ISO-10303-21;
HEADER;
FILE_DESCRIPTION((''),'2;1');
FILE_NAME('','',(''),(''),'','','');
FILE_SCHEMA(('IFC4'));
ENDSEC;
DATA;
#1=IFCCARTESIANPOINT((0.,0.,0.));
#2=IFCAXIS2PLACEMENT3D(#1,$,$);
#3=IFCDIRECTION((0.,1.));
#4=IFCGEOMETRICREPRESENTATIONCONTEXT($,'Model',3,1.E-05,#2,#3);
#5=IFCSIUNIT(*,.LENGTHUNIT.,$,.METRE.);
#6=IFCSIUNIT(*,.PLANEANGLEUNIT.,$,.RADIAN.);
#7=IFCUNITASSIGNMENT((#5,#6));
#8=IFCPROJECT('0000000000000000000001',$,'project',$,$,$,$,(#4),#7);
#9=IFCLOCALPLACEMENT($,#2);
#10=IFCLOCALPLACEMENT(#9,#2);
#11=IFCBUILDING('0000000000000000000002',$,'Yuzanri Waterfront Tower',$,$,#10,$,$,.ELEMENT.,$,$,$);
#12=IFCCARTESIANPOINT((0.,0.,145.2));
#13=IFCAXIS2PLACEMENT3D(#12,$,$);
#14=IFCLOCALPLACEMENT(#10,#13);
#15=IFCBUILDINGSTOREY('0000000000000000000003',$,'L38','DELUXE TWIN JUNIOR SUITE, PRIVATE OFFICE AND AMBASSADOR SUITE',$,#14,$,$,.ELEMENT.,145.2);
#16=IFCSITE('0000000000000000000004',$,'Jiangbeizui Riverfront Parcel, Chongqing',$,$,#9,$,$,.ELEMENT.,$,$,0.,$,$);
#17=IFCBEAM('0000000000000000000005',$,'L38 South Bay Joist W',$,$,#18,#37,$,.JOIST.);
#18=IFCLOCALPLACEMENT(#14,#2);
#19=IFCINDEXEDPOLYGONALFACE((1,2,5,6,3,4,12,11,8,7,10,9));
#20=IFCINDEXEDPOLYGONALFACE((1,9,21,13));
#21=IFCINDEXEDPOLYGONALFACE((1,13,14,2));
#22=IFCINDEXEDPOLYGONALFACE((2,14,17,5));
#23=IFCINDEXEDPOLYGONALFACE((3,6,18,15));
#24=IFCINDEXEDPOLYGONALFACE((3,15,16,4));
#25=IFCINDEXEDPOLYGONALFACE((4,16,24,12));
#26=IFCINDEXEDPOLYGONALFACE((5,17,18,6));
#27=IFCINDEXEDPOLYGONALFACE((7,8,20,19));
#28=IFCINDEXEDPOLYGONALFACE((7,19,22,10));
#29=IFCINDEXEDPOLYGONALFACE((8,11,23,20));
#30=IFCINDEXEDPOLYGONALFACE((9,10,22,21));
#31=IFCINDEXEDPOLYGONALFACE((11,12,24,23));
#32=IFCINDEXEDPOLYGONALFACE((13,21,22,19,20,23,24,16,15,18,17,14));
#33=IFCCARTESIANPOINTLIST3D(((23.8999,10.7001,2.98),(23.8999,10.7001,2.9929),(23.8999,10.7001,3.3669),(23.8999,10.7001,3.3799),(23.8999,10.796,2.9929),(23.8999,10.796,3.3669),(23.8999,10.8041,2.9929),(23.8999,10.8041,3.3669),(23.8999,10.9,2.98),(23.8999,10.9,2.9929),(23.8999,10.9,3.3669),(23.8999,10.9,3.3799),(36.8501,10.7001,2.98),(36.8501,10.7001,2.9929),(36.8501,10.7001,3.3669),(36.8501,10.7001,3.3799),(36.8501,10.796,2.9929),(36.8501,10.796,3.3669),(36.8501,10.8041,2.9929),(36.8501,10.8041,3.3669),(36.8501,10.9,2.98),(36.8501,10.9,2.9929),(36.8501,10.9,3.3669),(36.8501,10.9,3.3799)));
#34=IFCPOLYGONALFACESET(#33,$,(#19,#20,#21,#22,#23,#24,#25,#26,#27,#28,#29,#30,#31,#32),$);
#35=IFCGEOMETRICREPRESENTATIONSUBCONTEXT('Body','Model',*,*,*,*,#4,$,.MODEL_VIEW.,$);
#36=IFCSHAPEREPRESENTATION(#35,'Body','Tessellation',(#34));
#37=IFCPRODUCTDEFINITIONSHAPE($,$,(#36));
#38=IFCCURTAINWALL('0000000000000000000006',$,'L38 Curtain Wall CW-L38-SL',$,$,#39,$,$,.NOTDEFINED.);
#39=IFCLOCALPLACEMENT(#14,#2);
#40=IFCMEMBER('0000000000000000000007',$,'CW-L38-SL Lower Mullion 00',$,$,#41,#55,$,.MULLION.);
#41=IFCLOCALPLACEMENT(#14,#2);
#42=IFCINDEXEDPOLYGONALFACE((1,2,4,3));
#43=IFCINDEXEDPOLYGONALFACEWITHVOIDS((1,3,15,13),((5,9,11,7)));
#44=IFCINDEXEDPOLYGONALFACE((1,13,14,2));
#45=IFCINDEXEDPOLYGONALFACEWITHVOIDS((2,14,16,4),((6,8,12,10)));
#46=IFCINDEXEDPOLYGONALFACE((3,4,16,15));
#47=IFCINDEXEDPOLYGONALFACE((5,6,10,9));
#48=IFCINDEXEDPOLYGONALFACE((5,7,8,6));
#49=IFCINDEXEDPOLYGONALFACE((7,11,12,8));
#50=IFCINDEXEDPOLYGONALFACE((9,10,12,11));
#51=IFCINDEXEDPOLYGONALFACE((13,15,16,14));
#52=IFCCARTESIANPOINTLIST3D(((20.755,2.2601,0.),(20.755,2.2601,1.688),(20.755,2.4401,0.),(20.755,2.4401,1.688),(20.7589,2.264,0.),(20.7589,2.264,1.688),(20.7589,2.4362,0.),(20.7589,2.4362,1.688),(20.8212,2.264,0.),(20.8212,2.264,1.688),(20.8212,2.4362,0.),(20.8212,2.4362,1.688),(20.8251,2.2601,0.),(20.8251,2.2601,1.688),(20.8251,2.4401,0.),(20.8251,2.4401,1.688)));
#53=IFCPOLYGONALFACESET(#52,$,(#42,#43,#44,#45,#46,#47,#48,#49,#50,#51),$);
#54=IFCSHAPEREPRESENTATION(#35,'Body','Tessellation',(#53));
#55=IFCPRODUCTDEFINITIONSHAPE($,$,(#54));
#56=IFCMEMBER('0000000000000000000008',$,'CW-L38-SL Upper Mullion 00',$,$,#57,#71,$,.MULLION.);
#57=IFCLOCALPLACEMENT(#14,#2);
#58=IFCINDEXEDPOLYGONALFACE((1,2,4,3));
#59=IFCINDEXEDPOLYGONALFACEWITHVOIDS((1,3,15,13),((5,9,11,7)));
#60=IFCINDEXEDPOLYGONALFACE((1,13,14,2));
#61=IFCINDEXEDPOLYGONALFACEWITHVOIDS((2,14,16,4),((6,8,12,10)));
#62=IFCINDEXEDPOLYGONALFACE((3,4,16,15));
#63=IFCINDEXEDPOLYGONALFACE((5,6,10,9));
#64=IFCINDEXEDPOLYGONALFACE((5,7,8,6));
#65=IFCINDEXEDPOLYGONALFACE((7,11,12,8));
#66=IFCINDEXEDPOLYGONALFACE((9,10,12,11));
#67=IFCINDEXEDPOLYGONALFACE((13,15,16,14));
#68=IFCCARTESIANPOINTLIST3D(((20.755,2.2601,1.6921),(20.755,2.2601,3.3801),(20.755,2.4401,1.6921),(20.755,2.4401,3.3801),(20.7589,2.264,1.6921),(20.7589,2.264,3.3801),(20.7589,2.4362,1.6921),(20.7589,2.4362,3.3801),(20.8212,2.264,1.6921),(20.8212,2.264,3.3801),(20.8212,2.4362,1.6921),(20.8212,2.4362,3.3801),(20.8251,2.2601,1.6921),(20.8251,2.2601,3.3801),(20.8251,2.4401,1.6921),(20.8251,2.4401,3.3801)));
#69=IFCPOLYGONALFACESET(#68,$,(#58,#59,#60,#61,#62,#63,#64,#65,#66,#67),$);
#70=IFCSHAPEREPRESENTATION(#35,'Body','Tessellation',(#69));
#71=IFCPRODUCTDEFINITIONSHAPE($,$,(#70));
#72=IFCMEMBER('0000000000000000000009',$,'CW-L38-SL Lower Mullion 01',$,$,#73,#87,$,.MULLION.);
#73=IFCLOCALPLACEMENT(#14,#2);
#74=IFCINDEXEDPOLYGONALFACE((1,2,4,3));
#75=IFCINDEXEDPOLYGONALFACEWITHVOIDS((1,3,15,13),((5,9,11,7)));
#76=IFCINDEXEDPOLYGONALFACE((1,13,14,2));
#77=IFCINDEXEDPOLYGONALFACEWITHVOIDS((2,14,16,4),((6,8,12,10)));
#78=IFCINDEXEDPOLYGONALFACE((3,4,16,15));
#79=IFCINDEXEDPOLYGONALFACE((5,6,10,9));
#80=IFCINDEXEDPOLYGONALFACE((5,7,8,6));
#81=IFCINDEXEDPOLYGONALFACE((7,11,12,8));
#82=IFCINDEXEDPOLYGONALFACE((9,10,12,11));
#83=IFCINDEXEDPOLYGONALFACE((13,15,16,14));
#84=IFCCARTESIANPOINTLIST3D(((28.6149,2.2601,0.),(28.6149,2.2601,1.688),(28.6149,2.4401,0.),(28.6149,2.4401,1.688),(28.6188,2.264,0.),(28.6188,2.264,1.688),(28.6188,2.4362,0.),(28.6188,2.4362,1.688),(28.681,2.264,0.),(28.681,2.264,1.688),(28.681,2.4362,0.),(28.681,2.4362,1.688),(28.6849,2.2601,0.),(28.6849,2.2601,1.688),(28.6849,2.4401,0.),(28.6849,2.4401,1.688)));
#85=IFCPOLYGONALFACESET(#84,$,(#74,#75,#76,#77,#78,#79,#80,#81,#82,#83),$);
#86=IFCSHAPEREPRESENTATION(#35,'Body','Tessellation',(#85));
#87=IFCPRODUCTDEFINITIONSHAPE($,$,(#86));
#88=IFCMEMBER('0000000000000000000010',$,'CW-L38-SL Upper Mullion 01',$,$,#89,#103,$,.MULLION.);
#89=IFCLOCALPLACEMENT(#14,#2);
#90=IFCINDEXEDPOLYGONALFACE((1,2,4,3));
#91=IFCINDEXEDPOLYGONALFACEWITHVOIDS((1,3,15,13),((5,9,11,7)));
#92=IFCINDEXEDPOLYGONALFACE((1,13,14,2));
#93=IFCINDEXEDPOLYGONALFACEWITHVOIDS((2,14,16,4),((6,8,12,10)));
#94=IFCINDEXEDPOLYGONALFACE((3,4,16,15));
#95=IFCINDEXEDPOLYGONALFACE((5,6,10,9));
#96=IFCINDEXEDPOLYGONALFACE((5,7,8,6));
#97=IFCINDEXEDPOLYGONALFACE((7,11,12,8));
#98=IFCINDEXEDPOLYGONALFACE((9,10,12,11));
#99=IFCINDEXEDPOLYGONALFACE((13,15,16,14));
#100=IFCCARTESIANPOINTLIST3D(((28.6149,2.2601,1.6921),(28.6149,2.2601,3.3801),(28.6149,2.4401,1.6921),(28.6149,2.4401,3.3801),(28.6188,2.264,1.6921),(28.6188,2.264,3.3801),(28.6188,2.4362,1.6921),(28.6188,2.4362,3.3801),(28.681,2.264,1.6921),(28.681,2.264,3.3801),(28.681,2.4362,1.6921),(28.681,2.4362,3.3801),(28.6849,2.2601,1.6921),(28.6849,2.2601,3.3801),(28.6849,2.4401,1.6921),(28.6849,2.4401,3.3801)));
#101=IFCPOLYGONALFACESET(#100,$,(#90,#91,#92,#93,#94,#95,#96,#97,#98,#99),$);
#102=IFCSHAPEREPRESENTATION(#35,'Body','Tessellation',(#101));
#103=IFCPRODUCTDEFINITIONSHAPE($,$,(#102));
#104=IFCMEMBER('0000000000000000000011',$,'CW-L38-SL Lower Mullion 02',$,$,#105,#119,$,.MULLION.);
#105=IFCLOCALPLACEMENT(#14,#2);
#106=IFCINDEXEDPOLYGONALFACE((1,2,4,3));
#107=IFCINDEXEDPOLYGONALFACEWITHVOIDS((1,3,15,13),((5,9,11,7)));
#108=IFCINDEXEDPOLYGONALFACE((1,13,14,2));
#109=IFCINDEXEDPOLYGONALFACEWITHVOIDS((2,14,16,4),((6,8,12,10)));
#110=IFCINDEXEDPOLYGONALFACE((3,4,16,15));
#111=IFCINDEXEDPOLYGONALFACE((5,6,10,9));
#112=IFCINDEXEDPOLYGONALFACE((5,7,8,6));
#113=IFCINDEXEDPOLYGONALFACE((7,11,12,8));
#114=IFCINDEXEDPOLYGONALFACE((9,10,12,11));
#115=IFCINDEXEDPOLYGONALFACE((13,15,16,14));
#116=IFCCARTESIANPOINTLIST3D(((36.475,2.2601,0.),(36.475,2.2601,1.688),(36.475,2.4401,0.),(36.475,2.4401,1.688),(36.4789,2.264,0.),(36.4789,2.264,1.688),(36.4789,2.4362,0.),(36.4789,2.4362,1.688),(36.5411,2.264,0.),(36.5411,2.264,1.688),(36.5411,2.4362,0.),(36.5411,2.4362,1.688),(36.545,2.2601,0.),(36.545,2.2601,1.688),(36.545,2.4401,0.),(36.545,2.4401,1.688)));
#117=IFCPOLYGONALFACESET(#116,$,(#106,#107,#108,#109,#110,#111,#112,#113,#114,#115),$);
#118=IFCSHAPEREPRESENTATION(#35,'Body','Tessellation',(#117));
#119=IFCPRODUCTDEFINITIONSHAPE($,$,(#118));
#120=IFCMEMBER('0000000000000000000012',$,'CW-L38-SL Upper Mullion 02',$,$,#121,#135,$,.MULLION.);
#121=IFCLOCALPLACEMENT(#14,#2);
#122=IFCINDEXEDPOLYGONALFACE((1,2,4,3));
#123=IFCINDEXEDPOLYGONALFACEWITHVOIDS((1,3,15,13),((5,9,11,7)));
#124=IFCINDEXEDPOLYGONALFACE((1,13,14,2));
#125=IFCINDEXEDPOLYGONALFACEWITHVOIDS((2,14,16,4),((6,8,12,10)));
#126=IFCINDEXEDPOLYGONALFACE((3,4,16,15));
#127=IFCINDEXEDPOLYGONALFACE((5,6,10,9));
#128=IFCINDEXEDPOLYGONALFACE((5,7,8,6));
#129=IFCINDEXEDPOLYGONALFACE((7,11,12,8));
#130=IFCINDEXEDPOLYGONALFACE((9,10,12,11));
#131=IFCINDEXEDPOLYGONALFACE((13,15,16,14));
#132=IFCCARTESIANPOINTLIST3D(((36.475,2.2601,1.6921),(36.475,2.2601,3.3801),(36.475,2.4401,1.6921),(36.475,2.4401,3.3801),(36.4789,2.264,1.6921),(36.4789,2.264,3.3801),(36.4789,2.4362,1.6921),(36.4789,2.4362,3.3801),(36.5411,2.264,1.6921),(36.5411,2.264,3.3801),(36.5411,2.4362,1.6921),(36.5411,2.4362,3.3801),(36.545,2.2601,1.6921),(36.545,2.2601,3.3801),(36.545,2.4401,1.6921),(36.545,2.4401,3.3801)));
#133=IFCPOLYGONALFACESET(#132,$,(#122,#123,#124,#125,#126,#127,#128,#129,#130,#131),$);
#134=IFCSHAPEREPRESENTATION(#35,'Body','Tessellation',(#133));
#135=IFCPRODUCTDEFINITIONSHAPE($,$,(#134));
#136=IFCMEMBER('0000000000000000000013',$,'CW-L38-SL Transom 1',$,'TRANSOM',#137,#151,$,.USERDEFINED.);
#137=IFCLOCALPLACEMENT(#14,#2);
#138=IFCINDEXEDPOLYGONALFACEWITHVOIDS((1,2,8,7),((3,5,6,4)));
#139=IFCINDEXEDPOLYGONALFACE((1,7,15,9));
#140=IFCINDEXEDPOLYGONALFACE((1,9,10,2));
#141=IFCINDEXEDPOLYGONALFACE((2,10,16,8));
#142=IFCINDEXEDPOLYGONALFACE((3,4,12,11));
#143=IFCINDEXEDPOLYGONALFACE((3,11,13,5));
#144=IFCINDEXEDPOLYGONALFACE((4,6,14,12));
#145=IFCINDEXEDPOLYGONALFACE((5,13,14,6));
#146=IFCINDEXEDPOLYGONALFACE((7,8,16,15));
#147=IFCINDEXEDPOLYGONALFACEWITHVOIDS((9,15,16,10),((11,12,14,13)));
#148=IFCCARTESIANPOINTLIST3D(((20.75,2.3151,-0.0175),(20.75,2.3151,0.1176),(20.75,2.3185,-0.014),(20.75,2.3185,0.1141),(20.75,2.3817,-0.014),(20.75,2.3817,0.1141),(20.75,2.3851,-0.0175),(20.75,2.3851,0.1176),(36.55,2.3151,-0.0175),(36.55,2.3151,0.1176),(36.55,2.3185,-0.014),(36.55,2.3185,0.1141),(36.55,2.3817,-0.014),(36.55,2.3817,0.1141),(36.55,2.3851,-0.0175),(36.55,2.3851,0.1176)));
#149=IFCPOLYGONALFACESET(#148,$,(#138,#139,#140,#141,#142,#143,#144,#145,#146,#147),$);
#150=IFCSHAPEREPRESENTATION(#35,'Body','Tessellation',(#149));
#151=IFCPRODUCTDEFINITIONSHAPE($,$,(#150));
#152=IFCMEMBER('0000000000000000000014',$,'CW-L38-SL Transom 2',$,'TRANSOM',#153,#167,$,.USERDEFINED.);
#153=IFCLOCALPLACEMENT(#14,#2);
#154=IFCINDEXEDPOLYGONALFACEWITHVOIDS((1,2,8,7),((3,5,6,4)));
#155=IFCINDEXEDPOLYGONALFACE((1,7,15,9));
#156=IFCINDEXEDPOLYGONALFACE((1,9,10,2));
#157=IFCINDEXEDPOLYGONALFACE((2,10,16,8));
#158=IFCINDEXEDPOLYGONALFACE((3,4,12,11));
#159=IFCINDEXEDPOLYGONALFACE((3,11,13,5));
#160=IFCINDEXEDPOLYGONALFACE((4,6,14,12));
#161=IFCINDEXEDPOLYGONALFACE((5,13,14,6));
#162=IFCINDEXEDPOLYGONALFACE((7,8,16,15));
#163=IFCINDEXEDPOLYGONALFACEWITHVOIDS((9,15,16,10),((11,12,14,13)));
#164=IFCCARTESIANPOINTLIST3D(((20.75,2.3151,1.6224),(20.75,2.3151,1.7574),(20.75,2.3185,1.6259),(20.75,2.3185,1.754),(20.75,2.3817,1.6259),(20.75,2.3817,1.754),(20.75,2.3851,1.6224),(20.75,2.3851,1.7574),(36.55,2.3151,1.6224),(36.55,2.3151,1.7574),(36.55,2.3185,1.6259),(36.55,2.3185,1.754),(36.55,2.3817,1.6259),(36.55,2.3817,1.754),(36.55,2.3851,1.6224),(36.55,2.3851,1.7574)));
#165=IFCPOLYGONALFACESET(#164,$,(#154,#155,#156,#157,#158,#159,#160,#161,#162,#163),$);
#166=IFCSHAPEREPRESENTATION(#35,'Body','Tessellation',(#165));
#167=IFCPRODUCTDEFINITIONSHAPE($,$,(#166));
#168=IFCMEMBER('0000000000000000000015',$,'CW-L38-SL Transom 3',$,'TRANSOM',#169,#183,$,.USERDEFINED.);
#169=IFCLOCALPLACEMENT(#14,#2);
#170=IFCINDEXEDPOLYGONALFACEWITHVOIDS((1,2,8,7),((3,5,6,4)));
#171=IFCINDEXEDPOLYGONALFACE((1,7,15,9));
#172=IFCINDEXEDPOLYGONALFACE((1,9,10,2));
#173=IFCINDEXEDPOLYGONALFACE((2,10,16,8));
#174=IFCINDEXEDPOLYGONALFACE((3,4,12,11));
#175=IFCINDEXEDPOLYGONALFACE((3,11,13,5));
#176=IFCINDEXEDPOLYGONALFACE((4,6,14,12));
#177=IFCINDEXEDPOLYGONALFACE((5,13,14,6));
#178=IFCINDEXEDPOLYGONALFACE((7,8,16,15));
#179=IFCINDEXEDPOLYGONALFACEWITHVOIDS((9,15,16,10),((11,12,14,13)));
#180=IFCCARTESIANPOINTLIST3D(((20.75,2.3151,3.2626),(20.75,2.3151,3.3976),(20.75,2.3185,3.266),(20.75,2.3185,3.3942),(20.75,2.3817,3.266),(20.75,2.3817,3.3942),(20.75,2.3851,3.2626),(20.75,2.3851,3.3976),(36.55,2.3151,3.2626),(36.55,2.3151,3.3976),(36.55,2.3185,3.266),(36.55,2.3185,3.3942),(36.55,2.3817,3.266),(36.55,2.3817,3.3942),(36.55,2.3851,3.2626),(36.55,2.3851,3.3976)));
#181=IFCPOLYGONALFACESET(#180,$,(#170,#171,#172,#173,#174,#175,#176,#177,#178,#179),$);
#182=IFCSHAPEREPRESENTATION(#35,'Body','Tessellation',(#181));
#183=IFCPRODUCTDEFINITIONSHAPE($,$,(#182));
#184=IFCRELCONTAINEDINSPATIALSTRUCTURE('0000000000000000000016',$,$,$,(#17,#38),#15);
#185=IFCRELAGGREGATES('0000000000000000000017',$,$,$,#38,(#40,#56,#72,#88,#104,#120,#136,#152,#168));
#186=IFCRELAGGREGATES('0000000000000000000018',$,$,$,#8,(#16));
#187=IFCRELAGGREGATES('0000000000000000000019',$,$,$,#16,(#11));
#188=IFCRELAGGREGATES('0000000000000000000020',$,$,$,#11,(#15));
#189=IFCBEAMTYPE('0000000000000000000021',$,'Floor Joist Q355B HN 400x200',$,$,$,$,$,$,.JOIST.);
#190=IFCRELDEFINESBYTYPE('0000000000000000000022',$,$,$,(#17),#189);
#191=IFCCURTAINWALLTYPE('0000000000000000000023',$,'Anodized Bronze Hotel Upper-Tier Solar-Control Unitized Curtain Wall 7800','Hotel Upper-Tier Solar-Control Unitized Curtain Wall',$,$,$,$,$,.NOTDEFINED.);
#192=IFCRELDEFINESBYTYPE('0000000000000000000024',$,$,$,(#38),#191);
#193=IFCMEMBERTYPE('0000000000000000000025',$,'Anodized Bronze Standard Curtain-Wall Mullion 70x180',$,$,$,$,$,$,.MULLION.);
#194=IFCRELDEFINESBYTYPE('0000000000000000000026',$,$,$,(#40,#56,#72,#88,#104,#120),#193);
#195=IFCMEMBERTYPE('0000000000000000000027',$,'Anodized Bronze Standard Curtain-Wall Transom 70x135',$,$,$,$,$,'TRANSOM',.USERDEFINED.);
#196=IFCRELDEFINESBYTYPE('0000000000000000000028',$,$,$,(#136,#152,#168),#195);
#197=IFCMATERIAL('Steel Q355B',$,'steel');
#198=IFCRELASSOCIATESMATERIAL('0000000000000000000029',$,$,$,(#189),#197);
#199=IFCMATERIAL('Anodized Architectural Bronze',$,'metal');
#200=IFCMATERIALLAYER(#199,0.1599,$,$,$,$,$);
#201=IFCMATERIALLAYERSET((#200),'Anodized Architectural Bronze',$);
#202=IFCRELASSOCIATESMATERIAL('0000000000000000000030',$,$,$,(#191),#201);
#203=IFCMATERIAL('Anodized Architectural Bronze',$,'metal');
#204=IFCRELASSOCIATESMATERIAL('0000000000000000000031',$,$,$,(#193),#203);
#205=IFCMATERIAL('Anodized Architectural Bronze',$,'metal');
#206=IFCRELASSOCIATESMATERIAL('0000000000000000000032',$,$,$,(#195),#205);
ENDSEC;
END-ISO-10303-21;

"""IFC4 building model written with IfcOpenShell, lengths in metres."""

from ifc_helpers import new_model, si_unit, direction, frame, origin, origin_2d, place, context, subcontext, project, spatial, hollow_rectangle, i_section, extrude, source, transform, mapped, material, layer, layer_set, material_profile, profile_set, type_object, element, aggregate, save


model = new_model("IFC4")

# Units and contexts
model_context = context("Model", 3, precision=1e-05, world=origin(), true_north=direction((0.0, 1.0)))
body_context = subcontext(model_context, "Body", "Model", "MODEL_VIEW")
ifc_project = project(units=[si_unit("LENGTHUNIT", "METRE"), si_unit("PLANEANGLEUNIT", "RADIAN")], contexts=[model_context])

# Site, building, storey
site_placement = place(None, origin())
site = spatial("IfcSite", under=ifc_project, at=site_placement, Name="Jiangbeizui Riverfront Parcel, Chongqing", CompositionType="ELEMENT", RefElevation=0.0)
building_placement = place(site_placement, origin())
building = spatial("IfcBuilding", under=site, at=building_placement, Name="Yuzanri Waterfront Tower", CompositionType="ELEMENT")
storey_placement = place(building_placement, frame((0.0, 0.0, 145.2)))
storey = spatial("IfcBuildingStorey", under=building, at=storey_placement, Name="L38", Description="DELUXE TWIN JUNIOR SUITE, PRIVATE OFFICE AND AMBASSADOR SUITE", CompositionType="ELEMENT", Elevation=145.2)

# Beam
ifc_material_1 = material(Name="Steel Q355B", Category="steel")
ifc_material_profile_1 = material_profile(ifc_material_1, i_section(OverallWidth=0.2, OverallDepth=0.3999, WebThickness=0.0081, FlangeThickness=0.0129, at=origin_2d()), Name="HN 400x200x8x13")
ifc_profile_set_1 = profile_set([ifc_material_profile_1], Name="Steel Q355B")
beam_type = type_object("IfcBeamType", Name="Floor Joist Q355B HN 400x200", PredefinedType="JOIST", material=ifc_profile_set_1)
shared_shape_1 = source(origin(), body_context, "Body", "SweptSolid", [
    extrude(i_section(OverallWidth=0.2, OverallDepth=0.3999, WebThickness=0.0081, FlangeThickness=0.0129, at=origin_2d()), origin(), (0.0, 0.0, 1.0), 12.9502),
])
beam_placement = place(storey_placement, frame((23.8999, 10.8, 3.1799), z_axis=(1.0, 0.0, 0.0), x_axis=(0.0, 1.0, 0.0)))
element("IfcBeam", 1, at=beam_placement, inside=storey, type_object=beam_type, Name="L38 South Bay Joist W", PredefinedType="JOIST", context=body_context, shape_type="MappedRepresentation", body=[
    mapped(shared_shape_1, transform((0.0, 0.0, 0.0), scale=1.0)),
])

# Curtain wall, members
ifc_material_2 = material(Name="Anodized Architectural Bronze", Category="metal")
ifc_layer_1 = layer(ifc_material_2, 0.1599)
ifc_layer_set_1 = layer_set([ifc_layer_1], Name="Anodized Architectural Bronze")
curtain_wall_type = type_object("IfcCurtainWallType", Name="Anodized Bronze Hotel Upper-Tier Solar-Control Unitized Curtain Wall 7800", Description="Hotel Upper-Tier Solar-Control Unitized Curtain Wall", PredefinedType="NOTDEFINED", material=ifc_layer_set_1)
curtain_wall_placement = place(storey_placement, origin())
curtain_wall = element("IfcCurtainWall", 2, at=curtain_wall_placement, inside=storey, type_object=curtain_wall_type, Name="L38 Curtain Wall CW-L38-SL", PredefinedType="NOTDEFINED")
ifc_material_3 = material(Name="Anodized Architectural Bronze", Category="metal")
ifc_material_profile_2 = material_profile(ifc_material_3, hollow_rectangle(XDim=0.0701, YDim=0.1799, WallThickness=0.0039, at=origin_2d()), Name="CWM 70x180")
ifc_profile_set_2 = profile_set([ifc_material_profile_2], Name="Anodized Architectural Bronze")
member_type_1 = type_object("IfcMemberType", Name="Anodized Bronze Standard Curtain-Wall Mullion 70x180", PredefinedType="MULLION", material=ifc_profile_set_2)
shared_shape_2 = source(origin(), body_context, "Body", "SweptSolid", [
    extrude(hollow_rectangle(XDim=0.0701, YDim=0.1799, WallThickness=0.0039, at=origin_2d()), origin(), (0.0, 0.0, 1.0), 1.688),
])
member_1_placement = place(storey_placement, frame((20.79, 2.3501, 0.0), z_axis=(0.0, 0.0, 1.0), x_axis=(1.0, 0.0, 0.0)))
member_1 = element("IfcMember", 3, at=member_1_placement, type_object=member_type_1, Name="CW-L38-SL Lower Mullion 00", PredefinedType="MULLION", context=body_context, shape_type="MappedRepresentation", body=[
    mapped(shared_shape_2, transform((0.0, 0.0, 0.0), scale=1.0)),
])
member_2_placement = place(storey_placement, frame((20.79, 2.3501, 1.6921), z_axis=(0.0, 0.0, 1.0), x_axis=(1.0, 0.0, 0.0)))
member_2 = element("IfcMember", 4, at=member_2_placement, type_object=member_type_1, Name="CW-L38-SL Upper Mullion 00", PredefinedType="MULLION", context=body_context, shape_type="MappedRepresentation", body=[
    mapped(shared_shape_2, transform((0.0, 0.0, 0.0), scale=1.0)),
])
member_3_placement = place(storey_placement, frame((28.6499, 2.3501, 0.0), z_axis=(0.0, 0.0, 1.0), x_axis=(1.0, 0.0, 0.0)))
member_3 = element("IfcMember", 5, at=member_3_placement, type_object=member_type_1, Name="CW-L38-SL Lower Mullion 01", PredefinedType="MULLION", context=body_context, shape_type="MappedRepresentation", body=[
    mapped(shared_shape_2, transform((0.0, 0.0, 0.0), scale=1.0)),
])
member_4_placement = place(storey_placement, frame((28.6499, 2.3501, 1.6921), z_axis=(0.0, 0.0, 1.0), x_axis=(1.0, 0.0, 0.0)))
member_4 = element("IfcMember", 6, at=member_4_placement, type_object=member_type_1, Name="CW-L38-SL Upper Mullion 01", PredefinedType="MULLION", context=body_context, shape_type="MappedRepresentation", body=[
    mapped(shared_shape_2, transform((0.0, 0.0, 0.0), scale=1.0)),
])
member_5_placement = place(storey_placement, frame((36.51, 2.3501, 0.0), z_axis=(0.0, 0.0, 1.0), x_axis=(1.0, 0.0, 0.0)))
member_5 = element("IfcMember", 7, at=member_5_placement, type_object=member_type_1, Name="CW-L38-SL Lower Mullion 02", PredefinedType="MULLION", context=body_context, shape_type="MappedRepresentation", body=[
    mapped(shared_shape_2, transform((0.0, 0.0, 0.0), scale=1.0)),
])
member_6_placement = place(storey_placement, frame((36.51, 2.3501, 1.6921), z_axis=(0.0, 0.0, 1.0), x_axis=(1.0, 0.0, 0.0)))
member_6 = element("IfcMember", 8, at=member_6_placement, type_object=member_type_1, Name="CW-L38-SL Upper Mullion 02", PredefinedType="MULLION", context=body_context, shape_type="MappedRepresentation", body=[
    mapped(shared_shape_2, transform((0.0, 0.0, 0.0), scale=1.0)),
])
ifc_material_4 = material(Name="Anodized Architectural Bronze", Category="metal")
ifc_material_profile_3 = material_profile(ifc_material_4, hollow_rectangle(XDim=0.0701, YDim=0.135, WallThickness=0.0034, at=origin_2d()), Name="CWT 70x135")
ifc_profile_set_3 = profile_set([ifc_material_profile_3], Name="Anodized Architectural Bronze")
member_type_2 = type_object("IfcMemberType", Name="Anodized Bronze Standard Curtain-Wall Transom 70x135", ElementType="TRANSOM", PredefinedType="USERDEFINED", material=ifc_profile_set_3)
shared_shape_3 = source(origin(), body_context, "Body", "SweptSolid", [
    extrude(hollow_rectangle(XDim=0.0701, YDim=0.135, WallThickness=0.0034, at=origin_2d()), origin(), (0.0, 0.0, 1.0), 15.8),
])
member_7_placement = place(storey_placement, frame((20.75, 2.3501, 0.05), z_axis=(1.0, 0.0, 0.0), x_axis=(0.0, 1.0, 0.0)))
member_7 = element("IfcMember", 9, at=member_7_placement, type_object=member_type_2, Name="CW-L38-SL Transom 1", ObjectType="TRANSOM", PredefinedType="USERDEFINED", context=body_context, shape_type="MappedRepresentation", body=[
    mapped(shared_shape_3, transform((0.0, 0.0, 0.0), scale=1.0)),
])
member_8_placement = place(storey_placement, frame((20.75, 2.3501, 1.6899), z_axis=(1.0, 0.0, 0.0), x_axis=(0.0, 1.0, 0.0)))
member_8 = element("IfcMember", 10, at=member_8_placement, type_object=member_type_2, Name="CW-L38-SL Transom 2", ObjectType="TRANSOM", PredefinedType="USERDEFINED", context=body_context, shape_type="MappedRepresentation", body=[
    mapped(shared_shape_3, transform((0.0, 0.0, 0.0), scale=1.0)),
])
member_9_placement = place(storey_placement, frame((20.75, 2.3501, 3.3301), z_axis=(1.0, 0.0, 0.0), x_axis=(0.0, 1.0, 0.0)))
member_9 = element("IfcMember", 11, at=member_9_placement, type_object=member_type_2, Name="CW-L38-SL Transom 3", ObjectType="TRANSOM", PredefinedType="USERDEFINED", context=body_context, shape_type="MappedRepresentation", body=[
    mapped(shared_shape_3, transform((0.0, 0.0, 0.0), scale=1.0)),
])
aggregate(curtain_wall, [member_1, member_2, member_3, member_4, member_5, member_6, member_7, member_8, member_9])

save(model, "model.ifc")
